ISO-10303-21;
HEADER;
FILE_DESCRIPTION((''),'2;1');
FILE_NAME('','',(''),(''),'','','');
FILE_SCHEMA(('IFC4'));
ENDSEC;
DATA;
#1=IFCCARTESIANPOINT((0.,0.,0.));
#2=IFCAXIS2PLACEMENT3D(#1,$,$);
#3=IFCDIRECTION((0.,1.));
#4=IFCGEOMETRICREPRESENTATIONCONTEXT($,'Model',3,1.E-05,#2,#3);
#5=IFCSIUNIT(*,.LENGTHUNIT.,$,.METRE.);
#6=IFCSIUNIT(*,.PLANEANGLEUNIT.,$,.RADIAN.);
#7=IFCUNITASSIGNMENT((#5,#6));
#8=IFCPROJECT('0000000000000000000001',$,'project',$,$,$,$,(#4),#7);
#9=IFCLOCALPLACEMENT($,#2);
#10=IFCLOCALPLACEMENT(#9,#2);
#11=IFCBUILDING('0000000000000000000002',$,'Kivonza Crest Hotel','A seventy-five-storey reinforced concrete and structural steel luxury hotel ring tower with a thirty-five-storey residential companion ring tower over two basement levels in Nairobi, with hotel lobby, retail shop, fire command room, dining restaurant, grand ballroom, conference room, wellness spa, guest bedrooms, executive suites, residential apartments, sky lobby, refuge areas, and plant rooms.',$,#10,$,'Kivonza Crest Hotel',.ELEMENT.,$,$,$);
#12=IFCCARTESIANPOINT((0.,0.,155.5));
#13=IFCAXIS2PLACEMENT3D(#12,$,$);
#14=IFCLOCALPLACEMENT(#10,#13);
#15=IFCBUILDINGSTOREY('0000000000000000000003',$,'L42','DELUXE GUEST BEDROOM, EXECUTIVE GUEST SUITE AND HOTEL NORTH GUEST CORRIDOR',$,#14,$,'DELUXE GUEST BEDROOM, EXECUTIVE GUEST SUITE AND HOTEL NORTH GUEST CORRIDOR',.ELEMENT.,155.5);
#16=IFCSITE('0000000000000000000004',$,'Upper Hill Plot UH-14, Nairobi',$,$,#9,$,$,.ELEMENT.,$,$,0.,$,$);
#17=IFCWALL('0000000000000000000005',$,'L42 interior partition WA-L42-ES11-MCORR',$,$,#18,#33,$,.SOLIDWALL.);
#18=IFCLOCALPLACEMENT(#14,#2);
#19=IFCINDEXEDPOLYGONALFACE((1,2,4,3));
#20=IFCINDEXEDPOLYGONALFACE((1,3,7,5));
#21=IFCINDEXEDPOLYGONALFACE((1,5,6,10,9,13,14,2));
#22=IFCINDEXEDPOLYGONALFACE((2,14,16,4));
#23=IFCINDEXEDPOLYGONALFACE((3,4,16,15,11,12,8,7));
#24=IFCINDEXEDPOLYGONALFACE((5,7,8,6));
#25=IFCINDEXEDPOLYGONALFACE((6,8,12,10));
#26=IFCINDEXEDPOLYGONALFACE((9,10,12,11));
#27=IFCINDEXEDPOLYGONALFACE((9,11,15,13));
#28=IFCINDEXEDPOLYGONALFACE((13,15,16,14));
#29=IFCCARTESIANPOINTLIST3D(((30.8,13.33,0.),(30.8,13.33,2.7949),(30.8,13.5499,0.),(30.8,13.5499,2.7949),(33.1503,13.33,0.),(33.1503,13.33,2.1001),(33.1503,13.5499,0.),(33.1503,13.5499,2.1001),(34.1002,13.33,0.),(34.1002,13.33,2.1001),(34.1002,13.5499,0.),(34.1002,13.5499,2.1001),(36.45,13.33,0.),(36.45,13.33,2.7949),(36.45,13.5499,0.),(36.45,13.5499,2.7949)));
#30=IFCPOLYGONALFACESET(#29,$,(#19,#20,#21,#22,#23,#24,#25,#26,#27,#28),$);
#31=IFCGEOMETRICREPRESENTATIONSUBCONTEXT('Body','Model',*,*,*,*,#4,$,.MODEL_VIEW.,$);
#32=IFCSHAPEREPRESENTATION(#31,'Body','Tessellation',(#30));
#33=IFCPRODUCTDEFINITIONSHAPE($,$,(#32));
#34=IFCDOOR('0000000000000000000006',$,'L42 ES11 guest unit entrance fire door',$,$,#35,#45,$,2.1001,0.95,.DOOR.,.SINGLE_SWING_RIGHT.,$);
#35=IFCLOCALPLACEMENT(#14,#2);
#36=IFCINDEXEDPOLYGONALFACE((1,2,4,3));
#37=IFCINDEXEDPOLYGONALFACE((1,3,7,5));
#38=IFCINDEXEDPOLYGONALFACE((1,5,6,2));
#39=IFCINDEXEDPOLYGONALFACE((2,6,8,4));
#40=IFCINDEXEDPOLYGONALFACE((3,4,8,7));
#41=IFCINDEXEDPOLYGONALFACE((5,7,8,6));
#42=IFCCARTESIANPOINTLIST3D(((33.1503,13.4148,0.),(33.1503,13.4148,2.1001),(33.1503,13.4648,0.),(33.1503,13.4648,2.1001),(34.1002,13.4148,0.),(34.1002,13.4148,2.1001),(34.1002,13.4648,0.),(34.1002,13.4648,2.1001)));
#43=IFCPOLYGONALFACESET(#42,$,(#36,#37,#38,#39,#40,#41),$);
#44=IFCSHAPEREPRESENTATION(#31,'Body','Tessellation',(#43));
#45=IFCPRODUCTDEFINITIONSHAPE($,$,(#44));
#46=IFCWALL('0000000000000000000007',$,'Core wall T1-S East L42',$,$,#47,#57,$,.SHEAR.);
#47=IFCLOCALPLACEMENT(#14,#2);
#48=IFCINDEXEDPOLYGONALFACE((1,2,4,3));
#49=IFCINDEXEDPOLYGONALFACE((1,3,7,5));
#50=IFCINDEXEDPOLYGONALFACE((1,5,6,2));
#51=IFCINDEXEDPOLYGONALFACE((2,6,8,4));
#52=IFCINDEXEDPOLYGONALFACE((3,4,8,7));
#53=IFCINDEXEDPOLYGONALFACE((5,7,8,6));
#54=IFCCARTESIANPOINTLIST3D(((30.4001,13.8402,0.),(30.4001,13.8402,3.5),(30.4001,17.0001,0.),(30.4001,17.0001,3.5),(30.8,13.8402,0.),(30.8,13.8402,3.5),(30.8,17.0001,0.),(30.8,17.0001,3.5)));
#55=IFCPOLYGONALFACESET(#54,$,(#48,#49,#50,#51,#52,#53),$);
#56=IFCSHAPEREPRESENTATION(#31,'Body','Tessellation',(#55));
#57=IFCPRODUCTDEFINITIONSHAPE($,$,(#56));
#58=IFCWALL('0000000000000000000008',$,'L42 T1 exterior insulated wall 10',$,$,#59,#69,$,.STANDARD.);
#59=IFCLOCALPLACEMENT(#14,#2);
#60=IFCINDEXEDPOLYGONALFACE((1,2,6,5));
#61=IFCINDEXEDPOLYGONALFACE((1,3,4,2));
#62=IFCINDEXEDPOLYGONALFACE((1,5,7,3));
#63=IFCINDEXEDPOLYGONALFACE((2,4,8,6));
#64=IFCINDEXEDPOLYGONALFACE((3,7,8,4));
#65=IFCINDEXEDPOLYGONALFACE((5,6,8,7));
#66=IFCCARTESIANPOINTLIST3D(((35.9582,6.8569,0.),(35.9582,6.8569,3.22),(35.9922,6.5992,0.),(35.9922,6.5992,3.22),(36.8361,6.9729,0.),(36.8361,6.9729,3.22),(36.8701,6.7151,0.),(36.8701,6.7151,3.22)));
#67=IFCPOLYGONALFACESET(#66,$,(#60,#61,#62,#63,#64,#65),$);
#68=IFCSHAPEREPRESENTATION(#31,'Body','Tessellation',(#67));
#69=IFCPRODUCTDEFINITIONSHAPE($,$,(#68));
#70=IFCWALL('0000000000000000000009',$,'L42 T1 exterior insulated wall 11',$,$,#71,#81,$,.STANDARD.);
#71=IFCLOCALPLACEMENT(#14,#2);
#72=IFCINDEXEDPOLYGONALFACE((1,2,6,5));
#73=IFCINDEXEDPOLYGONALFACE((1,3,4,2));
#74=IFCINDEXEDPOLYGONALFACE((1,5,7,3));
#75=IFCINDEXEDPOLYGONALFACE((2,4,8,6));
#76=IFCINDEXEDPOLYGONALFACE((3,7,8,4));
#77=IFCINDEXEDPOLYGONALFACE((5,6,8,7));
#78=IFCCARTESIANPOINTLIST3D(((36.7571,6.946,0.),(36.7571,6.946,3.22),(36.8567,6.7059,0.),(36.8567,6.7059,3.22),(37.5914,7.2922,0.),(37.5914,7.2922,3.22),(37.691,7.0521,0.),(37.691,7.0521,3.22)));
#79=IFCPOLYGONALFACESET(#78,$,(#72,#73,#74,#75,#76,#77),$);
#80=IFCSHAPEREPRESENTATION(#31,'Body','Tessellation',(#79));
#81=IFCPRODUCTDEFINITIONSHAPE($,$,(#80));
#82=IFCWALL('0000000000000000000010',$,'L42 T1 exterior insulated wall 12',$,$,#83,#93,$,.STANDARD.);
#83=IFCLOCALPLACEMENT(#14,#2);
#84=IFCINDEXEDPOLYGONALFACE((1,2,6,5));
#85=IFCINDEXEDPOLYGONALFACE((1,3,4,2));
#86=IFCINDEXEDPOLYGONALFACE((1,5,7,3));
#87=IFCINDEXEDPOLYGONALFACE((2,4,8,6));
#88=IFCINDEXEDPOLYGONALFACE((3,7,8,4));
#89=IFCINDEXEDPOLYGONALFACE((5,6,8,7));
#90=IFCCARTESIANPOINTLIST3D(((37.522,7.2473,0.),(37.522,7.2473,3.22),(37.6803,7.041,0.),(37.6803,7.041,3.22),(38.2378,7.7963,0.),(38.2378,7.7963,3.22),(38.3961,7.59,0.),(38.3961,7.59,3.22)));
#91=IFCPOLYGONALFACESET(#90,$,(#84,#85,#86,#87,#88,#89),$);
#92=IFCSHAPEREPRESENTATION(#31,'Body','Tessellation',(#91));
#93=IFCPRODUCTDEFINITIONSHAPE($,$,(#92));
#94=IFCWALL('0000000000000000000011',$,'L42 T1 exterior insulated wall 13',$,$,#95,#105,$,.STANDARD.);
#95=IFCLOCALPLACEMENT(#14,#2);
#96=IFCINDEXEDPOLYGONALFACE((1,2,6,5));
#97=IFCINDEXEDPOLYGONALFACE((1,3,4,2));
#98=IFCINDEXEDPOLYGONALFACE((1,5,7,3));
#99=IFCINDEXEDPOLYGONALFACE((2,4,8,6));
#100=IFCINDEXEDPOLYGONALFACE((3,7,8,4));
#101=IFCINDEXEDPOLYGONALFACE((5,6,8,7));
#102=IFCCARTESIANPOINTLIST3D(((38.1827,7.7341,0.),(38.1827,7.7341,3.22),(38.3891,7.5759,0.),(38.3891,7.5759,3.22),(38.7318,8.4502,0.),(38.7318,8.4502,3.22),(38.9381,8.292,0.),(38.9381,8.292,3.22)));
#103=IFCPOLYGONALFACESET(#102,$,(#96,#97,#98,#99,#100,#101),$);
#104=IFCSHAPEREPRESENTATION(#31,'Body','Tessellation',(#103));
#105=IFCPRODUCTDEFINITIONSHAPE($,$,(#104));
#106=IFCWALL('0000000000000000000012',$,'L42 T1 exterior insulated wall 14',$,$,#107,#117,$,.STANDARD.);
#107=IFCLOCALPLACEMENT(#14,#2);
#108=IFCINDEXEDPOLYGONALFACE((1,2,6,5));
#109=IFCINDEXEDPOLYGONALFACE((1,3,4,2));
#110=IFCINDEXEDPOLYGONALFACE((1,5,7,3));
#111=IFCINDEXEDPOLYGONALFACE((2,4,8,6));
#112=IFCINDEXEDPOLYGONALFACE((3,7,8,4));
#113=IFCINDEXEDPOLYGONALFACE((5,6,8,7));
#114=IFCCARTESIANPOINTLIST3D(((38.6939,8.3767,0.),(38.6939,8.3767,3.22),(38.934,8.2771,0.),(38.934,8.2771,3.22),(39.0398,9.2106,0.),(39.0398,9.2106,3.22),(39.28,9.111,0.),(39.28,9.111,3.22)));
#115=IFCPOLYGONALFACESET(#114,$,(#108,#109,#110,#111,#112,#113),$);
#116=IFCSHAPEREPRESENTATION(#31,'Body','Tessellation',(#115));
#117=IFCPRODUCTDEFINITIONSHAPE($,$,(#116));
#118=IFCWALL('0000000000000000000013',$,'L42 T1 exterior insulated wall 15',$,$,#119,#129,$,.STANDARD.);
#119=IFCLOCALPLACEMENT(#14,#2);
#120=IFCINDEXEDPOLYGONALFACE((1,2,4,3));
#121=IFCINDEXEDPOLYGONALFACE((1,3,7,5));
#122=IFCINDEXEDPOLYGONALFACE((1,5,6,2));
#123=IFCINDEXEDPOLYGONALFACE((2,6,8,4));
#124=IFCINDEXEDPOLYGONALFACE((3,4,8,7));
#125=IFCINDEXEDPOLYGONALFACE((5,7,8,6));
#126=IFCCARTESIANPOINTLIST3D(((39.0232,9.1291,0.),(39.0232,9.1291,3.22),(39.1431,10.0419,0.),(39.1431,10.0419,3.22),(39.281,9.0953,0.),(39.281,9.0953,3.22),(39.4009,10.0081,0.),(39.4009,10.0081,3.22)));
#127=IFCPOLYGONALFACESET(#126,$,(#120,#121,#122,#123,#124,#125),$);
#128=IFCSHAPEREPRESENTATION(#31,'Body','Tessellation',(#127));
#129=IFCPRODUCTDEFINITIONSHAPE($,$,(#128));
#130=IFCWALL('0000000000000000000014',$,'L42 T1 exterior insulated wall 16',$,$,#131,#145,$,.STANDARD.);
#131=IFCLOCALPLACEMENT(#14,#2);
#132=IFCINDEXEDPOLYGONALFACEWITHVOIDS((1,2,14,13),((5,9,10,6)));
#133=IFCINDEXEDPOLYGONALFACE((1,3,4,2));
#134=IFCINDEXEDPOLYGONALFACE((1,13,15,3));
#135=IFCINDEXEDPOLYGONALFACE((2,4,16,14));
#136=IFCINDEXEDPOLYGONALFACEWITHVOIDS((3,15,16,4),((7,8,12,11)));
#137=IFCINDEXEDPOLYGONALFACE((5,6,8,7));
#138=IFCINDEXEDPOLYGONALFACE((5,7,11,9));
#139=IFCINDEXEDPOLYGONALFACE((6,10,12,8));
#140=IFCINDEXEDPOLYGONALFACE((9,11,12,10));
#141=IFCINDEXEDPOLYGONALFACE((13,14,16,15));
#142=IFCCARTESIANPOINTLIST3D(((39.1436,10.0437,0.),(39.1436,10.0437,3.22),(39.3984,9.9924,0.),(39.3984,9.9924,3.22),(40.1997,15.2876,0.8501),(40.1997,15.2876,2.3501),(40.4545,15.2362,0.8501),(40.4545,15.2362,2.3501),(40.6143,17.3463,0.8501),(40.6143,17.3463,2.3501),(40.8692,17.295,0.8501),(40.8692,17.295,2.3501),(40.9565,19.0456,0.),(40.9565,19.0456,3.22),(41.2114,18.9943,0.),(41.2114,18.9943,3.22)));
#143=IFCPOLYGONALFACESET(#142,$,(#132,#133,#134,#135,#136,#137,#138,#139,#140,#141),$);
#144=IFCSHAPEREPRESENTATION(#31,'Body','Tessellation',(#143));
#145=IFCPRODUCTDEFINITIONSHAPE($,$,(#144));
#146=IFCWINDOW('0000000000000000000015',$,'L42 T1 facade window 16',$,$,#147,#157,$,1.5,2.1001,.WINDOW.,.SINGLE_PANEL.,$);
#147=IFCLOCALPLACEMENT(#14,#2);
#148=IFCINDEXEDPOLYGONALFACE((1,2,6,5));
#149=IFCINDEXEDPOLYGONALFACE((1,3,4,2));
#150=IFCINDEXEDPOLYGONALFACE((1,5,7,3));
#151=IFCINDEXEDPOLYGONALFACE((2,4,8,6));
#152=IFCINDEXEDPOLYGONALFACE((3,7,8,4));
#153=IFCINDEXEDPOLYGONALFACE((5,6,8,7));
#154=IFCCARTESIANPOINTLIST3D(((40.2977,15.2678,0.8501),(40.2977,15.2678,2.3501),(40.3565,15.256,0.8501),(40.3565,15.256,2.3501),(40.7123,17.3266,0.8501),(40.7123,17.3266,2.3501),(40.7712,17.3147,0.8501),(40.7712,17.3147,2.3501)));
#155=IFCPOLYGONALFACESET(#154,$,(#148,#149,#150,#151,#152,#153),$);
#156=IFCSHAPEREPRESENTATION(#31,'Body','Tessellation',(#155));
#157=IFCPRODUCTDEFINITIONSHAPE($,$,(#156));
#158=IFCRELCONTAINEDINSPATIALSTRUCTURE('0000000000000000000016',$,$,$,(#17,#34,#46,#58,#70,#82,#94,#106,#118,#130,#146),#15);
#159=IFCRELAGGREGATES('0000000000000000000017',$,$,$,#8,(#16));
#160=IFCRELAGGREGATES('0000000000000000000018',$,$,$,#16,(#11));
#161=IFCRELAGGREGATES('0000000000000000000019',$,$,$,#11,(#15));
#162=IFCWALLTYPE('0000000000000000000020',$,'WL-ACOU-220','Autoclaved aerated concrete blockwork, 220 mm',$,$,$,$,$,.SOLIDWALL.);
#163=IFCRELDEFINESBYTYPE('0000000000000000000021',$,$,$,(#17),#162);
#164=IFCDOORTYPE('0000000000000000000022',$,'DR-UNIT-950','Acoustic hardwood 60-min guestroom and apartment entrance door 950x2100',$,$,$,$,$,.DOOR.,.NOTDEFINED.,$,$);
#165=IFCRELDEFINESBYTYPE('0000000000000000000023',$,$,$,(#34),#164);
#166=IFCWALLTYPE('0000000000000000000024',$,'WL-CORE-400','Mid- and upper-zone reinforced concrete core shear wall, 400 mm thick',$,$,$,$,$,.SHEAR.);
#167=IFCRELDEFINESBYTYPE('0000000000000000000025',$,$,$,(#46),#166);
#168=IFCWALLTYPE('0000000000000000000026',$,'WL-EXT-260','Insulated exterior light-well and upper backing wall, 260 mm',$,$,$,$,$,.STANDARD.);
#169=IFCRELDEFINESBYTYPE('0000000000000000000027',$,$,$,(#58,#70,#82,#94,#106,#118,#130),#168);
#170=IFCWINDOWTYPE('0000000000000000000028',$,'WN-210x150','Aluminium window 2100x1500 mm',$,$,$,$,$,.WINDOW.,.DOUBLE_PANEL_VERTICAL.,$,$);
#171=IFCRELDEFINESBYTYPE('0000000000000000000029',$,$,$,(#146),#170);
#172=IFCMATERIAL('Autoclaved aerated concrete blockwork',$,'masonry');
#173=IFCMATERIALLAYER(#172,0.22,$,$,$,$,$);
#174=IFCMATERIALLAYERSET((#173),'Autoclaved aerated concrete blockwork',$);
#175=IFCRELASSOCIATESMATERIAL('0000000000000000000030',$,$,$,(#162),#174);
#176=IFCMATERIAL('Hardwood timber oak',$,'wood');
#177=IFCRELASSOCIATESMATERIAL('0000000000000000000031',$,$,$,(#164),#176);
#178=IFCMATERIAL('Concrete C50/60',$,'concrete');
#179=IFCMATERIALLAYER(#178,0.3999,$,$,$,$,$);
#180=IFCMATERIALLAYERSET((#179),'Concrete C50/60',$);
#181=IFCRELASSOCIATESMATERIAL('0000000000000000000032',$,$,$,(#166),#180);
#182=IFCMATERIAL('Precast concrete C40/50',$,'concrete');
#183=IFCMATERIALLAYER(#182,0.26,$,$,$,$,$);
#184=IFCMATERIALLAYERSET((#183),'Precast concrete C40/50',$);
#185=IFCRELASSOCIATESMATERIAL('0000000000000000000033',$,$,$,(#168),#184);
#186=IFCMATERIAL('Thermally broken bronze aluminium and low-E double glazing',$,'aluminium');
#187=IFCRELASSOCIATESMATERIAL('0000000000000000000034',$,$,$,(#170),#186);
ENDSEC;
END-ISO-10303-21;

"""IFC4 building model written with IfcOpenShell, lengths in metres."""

from ifc_helpers import new_model, si_unit, direction, frame, frame_2d, origin, place, context, subcontext, project, spatial, rectangle, extrude, material, layer, layer_set, type_object, element, fill, save


model = new_model("IFC4")

# Units and contexts
model_context = context("Model", 3, precision=1e-05, world=origin(), true_north=direction((0.0, 1.0)))
body_context = subcontext(model_context, "Body", "Model", "MODEL_VIEW")
ifc_project = project(units=[si_unit("LENGTHUNIT", "METRE"), si_unit("PLANEANGLEUNIT", "RADIAN")], contexts=[model_context])

# Site, building, storey
site_placement = place(None, origin())
site = spatial("IfcSite", under=ifc_project, at=site_placement, Name="Upper Hill Plot UH-14, Nairobi", CompositionType="ELEMENT", RefElevation=0.0)
building_placement = place(site_placement, origin())
building = spatial("IfcBuilding", under=site, at=building_placement, Name="Kivonza Crest Hotel", Description="A seventy-five-storey reinforced concrete and structural steel luxury hotel ring tower with a thirty-five-storey residential companion ring tower over two basement levels in Nairobi, with hotel lobby, retail shop, fire command room, dining restaurant, grand ballroom, conference room, wellness spa, guest bedrooms, executive suites, residential apartments, sky lobby, refuge areas, and plant rooms.", LongName="Kivonza Crest Hotel", CompositionType="ELEMENT")
storey_placement = place(building_placement, frame((0.0, 0.0, 155.5)))
storey = spatial("IfcBuildingStorey", under=building, at=storey_placement, Name="L42", Description="DELUXE GUEST BEDROOM, EXECUTIVE GUEST SUITE AND HOTEL NORTH GUEST CORRIDOR", LongName="DELUXE GUEST BEDROOM, EXECUTIVE GUEST SUITE AND HOTEL NORTH GUEST CORRIDOR", CompositionType="ELEMENT", Elevation=155.5)

# Shared definitions
ifc_material_1 = material(Name="Concrete C50/60", Category="concrete")

# Shared definitions
ifc_material_2 = material(Name="Autoclaved aerated concrete blockwork", Category="masonry")
ifc_layer_1 = layer(ifc_material_2, 0.22)
ifc_layer_set_1 = layer_set([ifc_layer_1], Name="Autoclaved aerated concrete blockwork")
wall_type_1 = type_object("IfcWallType", Name="WL-ACOU-220", Description="Autoclaved aerated concrete blockwork, 220 mm", PredefinedType="SOLIDWALL", material=ifc_layer_set_1)
ifc_material_3 = material(Name="Hardwood timber oak", Category="wood")

# Wall, opening, door
wall_1_placement = place(storey_placement, frame((30.8, 13.4399, 0.0), z_axis=(0.0, 0.0, 1.0), x_axis=(1.0, 0.0, 0.0)))
wall_1 = element("IfcWall", 1, at=wall_1_placement, inside=storey, type_object=wall_type_1, Name="L42 interior partition WA-L42-ES11-MCORR", PredefinedType="SOLIDWALL", context=body_context, shape_type="SweptSolid", body=[
    extrude(rectangle(XDim=5.6499, YDim=0.22, at=frame_2d((2.825, 0.0))), origin(), (0.0, 0.0, 1.0), 2.7949),
])
opening_1_placement = place(wall_1_placement, frame((2.3501, 0.0, 0.0)))
opening_1 = element("IfcOpeningElement", 2, at=opening_1_placement, cuts=wall_1, PredefinedType="OPENING", context=body_context, shape_type="SweptSolid", body=[
    extrude(rectangle(XDim=0.95, YDim=2.1001, at=frame_2d((0.4751, 1.05))), frame((0.0, 0.1201, 0.0), z_axis=(0.0, -1.0, 0.0), x_axis=(1.0, 0.0, 0.0)), (0.0, 0.0, 1.0), 0.24),
])
door_type_1 = type_object("IfcDoorType", Name="DR-UNIT-950", Description="Acoustic hardwood 60-min guestroom and apartment entrance door 950x2100", OperationType="NOTDEFINED", PredefinedType="DOOR", material=ifc_material_3)
door_1_placement = place(opening_1_placement, origin())
door_1 = element("IfcDoor", 3, at=door_1_placement, inside=storey, type_object=door_type_1, Name="L42 ES11 guest unit entrance fire door", OperationType="SINGLE_SWING_RIGHT", OverallHeight=2.1001, OverallWidth=0.95, PredefinedType="DOOR", context=body_context, shape_type="SweptSolid", body=[
    extrude(rectangle(XDim=0.95, YDim=2.1001, at=frame_2d((0.4751, 1.05))), frame((0.0, 0.0249, 0.0), z_axis=(0.0, -1.0, 0.0), x_axis=(1.0, 0.0, 0.0)), (0.0, 0.0, 1.0), 0.05),
])
fill(opening_1, door_1)

# Walls
ifc_layer_2 = layer(ifc_material_1, 0.3999)
ifc_layer_set_2 = layer_set([ifc_layer_2], Name="Concrete C50/60")
wall_type_2 = type_object("IfcWallType", Name="WL-CORE-400", Description="Mid- and upper-zone reinforced concrete core shear wall, 400 mm thick", PredefinedType="SHEAR", material=ifc_layer_set_2)
wall_2_placement = place(storey_placement, frame((30.6001, 13.8401, 0.0), z_axis=(0.0, 0.0, 1.0), x_axis=(0.0, 1.0, 0.0)))
element("IfcWall", 4, at=wall_2_placement, inside=storey, type_object=wall_type_2, Name="Core wall T1-S East L42", PredefinedType="SHEAR", context=body_context, shape_type="SweptSolid", body=[
    extrude(rectangle(XDim=3.1599, YDim=0.3999, at=frame_2d((1.5801, 0.0))), origin(), (0.0, 0.0, 1.0), 3.5),
])
ifc_material_4 = material(Name="Precast concrete C40/50", Category="concrete")
ifc_layer_3 = layer(ifc_material_4, 0.26)
ifc_layer_set_3 = layer_set([ifc_layer_3], Name="Precast concrete C40/50")
wall_type_3 = type_object("IfcWallType", Name="WL-EXT-260", Description="Insulated exterior light-well and upper backing wall, 260 mm", PredefinedType="STANDARD", material=ifc_layer_set_3)
wall_3_placement = place(storey_placement, frame((35.9751, 6.728, 0.0), z_axis=(0.0, 0.0, 1.0), x_axis=(0.991388, 0.130954, 0.0)))
element("IfcWall", 5, at=wall_3_placement, inside=storey, type_object=wall_type_3, Name="L42 T1 exterior insulated wall 10", PredefinedType="STANDARD", context=body_context, shape_type="SweptSolid", body=[
    extrude(rectangle(XDim=0.8855, YDim=0.26, at=frame_2d((0.4429, 0.0))), origin(), (0.0, 0.0, 1.0), 3.22),
])
wall_4_placement = place(storey_placement, frame((36.8069, 6.8259, 0.0), z_axis=(0.0, 0.0, 1.0), x_axis=(0.923628, 0.383291, 0.0)))
element("IfcWall", 6, at=wall_4_placement, inside=storey, type_object=wall_type_3, Name="L42 T1 exterior insulated wall 11", PredefinedType="STANDARD", context=body_context, shape_type="SweptSolid", body=[
    extrude(rectangle(XDim=0.9033, YDim=0.26, at=frame_2d((0.4517, 0.0))), origin(), (0.0, 0.0, 1.0), 3.22),
])
wall_5_placement = place(storey_placement, frame((37.6011, 7.144, 0.0), z_axis=(0.0, 0.0, 1.0), x_axis=(0.793458, 0.608625, 0.0)))
element("IfcWall", 7, at=wall_5_placement, inside=storey, type_object=wall_type_3, Name="L42 T1 exterior insulated wall 12", PredefinedType="STANDARD", context=body_context, shape_type="SweptSolid", body=[
    extrude(rectangle(XDim=0.9021, YDim=0.26, at=frame_2d((0.4512, 0.0))), origin(), (0.0, 0.0, 1.0), 3.22),
])
wall_6_placement = place(storey_placement, frame((38.2859, 7.655, 0.0), z_axis=(0.0, 0.0, 1.0), x_axis=(0.608494, 0.793558, 0.0)))
element("IfcWall", 8, at=wall_6_placement, inside=storey, type_object=wall_type_3, Name="L42 T1 exterior insulated wall 13", PredefinedType="STANDARD", context=body_context, shape_type="SweptSolid", body=[
    extrude(rectangle(XDim=0.9023, YDim=0.26, at=frame_2d((0.4512, 0.0))), origin(), (0.0, 0.0, 1.0), 3.22),
])
wall_7_placement = place(storey_placement, frame((38.814, 8.3269, 0.0), z_axis=(0.0, 0.0, 1.0), x_axis=(0.383156, 0.923684, 0.0)))
element("IfcWall", 9, at=wall_7_placement, inside=storey, type_object=wall_type_3, Name="L42 T1 exterior insulated wall 14", PredefinedType="STANDARD", context=body_context, shape_type="SweptSolid", body=[
    extrude(rectangle(XDim=0.9028, YDim=0.26, at=frame_2d((0.4514, 0.0))), origin(), (0.0, 0.0, 1.0), 3.22),
])
wall_8_placement = place(storey_placement, frame((39.1521, 9.1121, 0.0), z_axis=(0.0, 0.0, 1.0), x_axis=(0.130201, 0.991488, 0.0)))
element("IfcWall", 10, at=wall_8_placement, inside=storey, type_object=wall_type_3, Name="L42 T1 exterior insulated wall 15", PredefinedType="STANDARD", context=body_context, shape_type="SweptSolid", body=[
    extrude(rectangle(XDim=0.9207, YDim=0.26, at=frame_2d((0.4604, 0.0))), origin(), (0.0, 0.0, 1.0), 3.22),
])

# Wall, opening, window
wall_9_placement = place(storey_placement, frame((39.271, 10.0181, 0.0), z_axis=(0.0, 0.0, 1.0), x_axis=(0.197435, 0.980316, 0.0)))
wall_9 = element("IfcWall", 11, at=wall_9_placement, inside=storey, type_object=wall_type_3, Name="L42 T1 exterior insulated wall 16", PredefinedType="STANDARD", context=body_context, shape_type="SweptSolid", body=[
    extrude(rectangle(XDim=9.1826, YDim=0.26, at=frame_2d((4.5913, 0.0))), origin(), (0.0, 0.0, 1.0), 3.22),
])
opening_2_placement = place(wall_9_placement, frame((5.3491, 0.0, 0.8501)))
opening_2 = element("IfcOpeningElement", 12, at=opening_2_placement, cuts=wall_9, PredefinedType="OPENING", context=body_context, shape_type="SweptSolid", body=[
    extrude(rectangle(XDim=2.1001, YDim=1.5, at=frame_2d((1.05, 0.75))), frame((0.0, 0.1401, 0.0), z_axis=(0.0, -1.0, 0.0), x_axis=(1.0, 0.0, 0.0)), (0.0, 0.0, 1.0), 0.28),
])
ifc_material_5 = material(Name="Thermally broken bronze aluminium and low-E double glazing", Category="aluminium")
window_type = type_object("IfcWindowType", Name="WN-210x150", Description="Aluminium window 2100x1500 mm", PartitioningType="DOUBLE_PANEL_VERTICAL", PredefinedType="WINDOW", material=ifc_material_5)
window_placement = place(opening_2_placement, origin())
window = element("IfcWindow", 13, at=window_placement, inside=storey, type_object=window_type, Name="L42 T1 facade window 16", OverallHeight=1.5, OverallWidth=2.1001, PartitioningType="SINGLE_PANEL", PredefinedType="WINDOW", context=body_context, shape_type="SweptSolid", body=[
    extrude(rectangle(XDim=2.1001, YDim=1.5, at=frame_2d((1.05, 0.75))), frame((0.0, 0.03, 0.0), z_axis=(0.0, -1.0, 0.0), x_axis=(1.0, 0.0, 0.0)), (0.0, 0.0, 1.0), 0.0601),
])
fill(opening_2, window)

save(model, "model.ifc")
